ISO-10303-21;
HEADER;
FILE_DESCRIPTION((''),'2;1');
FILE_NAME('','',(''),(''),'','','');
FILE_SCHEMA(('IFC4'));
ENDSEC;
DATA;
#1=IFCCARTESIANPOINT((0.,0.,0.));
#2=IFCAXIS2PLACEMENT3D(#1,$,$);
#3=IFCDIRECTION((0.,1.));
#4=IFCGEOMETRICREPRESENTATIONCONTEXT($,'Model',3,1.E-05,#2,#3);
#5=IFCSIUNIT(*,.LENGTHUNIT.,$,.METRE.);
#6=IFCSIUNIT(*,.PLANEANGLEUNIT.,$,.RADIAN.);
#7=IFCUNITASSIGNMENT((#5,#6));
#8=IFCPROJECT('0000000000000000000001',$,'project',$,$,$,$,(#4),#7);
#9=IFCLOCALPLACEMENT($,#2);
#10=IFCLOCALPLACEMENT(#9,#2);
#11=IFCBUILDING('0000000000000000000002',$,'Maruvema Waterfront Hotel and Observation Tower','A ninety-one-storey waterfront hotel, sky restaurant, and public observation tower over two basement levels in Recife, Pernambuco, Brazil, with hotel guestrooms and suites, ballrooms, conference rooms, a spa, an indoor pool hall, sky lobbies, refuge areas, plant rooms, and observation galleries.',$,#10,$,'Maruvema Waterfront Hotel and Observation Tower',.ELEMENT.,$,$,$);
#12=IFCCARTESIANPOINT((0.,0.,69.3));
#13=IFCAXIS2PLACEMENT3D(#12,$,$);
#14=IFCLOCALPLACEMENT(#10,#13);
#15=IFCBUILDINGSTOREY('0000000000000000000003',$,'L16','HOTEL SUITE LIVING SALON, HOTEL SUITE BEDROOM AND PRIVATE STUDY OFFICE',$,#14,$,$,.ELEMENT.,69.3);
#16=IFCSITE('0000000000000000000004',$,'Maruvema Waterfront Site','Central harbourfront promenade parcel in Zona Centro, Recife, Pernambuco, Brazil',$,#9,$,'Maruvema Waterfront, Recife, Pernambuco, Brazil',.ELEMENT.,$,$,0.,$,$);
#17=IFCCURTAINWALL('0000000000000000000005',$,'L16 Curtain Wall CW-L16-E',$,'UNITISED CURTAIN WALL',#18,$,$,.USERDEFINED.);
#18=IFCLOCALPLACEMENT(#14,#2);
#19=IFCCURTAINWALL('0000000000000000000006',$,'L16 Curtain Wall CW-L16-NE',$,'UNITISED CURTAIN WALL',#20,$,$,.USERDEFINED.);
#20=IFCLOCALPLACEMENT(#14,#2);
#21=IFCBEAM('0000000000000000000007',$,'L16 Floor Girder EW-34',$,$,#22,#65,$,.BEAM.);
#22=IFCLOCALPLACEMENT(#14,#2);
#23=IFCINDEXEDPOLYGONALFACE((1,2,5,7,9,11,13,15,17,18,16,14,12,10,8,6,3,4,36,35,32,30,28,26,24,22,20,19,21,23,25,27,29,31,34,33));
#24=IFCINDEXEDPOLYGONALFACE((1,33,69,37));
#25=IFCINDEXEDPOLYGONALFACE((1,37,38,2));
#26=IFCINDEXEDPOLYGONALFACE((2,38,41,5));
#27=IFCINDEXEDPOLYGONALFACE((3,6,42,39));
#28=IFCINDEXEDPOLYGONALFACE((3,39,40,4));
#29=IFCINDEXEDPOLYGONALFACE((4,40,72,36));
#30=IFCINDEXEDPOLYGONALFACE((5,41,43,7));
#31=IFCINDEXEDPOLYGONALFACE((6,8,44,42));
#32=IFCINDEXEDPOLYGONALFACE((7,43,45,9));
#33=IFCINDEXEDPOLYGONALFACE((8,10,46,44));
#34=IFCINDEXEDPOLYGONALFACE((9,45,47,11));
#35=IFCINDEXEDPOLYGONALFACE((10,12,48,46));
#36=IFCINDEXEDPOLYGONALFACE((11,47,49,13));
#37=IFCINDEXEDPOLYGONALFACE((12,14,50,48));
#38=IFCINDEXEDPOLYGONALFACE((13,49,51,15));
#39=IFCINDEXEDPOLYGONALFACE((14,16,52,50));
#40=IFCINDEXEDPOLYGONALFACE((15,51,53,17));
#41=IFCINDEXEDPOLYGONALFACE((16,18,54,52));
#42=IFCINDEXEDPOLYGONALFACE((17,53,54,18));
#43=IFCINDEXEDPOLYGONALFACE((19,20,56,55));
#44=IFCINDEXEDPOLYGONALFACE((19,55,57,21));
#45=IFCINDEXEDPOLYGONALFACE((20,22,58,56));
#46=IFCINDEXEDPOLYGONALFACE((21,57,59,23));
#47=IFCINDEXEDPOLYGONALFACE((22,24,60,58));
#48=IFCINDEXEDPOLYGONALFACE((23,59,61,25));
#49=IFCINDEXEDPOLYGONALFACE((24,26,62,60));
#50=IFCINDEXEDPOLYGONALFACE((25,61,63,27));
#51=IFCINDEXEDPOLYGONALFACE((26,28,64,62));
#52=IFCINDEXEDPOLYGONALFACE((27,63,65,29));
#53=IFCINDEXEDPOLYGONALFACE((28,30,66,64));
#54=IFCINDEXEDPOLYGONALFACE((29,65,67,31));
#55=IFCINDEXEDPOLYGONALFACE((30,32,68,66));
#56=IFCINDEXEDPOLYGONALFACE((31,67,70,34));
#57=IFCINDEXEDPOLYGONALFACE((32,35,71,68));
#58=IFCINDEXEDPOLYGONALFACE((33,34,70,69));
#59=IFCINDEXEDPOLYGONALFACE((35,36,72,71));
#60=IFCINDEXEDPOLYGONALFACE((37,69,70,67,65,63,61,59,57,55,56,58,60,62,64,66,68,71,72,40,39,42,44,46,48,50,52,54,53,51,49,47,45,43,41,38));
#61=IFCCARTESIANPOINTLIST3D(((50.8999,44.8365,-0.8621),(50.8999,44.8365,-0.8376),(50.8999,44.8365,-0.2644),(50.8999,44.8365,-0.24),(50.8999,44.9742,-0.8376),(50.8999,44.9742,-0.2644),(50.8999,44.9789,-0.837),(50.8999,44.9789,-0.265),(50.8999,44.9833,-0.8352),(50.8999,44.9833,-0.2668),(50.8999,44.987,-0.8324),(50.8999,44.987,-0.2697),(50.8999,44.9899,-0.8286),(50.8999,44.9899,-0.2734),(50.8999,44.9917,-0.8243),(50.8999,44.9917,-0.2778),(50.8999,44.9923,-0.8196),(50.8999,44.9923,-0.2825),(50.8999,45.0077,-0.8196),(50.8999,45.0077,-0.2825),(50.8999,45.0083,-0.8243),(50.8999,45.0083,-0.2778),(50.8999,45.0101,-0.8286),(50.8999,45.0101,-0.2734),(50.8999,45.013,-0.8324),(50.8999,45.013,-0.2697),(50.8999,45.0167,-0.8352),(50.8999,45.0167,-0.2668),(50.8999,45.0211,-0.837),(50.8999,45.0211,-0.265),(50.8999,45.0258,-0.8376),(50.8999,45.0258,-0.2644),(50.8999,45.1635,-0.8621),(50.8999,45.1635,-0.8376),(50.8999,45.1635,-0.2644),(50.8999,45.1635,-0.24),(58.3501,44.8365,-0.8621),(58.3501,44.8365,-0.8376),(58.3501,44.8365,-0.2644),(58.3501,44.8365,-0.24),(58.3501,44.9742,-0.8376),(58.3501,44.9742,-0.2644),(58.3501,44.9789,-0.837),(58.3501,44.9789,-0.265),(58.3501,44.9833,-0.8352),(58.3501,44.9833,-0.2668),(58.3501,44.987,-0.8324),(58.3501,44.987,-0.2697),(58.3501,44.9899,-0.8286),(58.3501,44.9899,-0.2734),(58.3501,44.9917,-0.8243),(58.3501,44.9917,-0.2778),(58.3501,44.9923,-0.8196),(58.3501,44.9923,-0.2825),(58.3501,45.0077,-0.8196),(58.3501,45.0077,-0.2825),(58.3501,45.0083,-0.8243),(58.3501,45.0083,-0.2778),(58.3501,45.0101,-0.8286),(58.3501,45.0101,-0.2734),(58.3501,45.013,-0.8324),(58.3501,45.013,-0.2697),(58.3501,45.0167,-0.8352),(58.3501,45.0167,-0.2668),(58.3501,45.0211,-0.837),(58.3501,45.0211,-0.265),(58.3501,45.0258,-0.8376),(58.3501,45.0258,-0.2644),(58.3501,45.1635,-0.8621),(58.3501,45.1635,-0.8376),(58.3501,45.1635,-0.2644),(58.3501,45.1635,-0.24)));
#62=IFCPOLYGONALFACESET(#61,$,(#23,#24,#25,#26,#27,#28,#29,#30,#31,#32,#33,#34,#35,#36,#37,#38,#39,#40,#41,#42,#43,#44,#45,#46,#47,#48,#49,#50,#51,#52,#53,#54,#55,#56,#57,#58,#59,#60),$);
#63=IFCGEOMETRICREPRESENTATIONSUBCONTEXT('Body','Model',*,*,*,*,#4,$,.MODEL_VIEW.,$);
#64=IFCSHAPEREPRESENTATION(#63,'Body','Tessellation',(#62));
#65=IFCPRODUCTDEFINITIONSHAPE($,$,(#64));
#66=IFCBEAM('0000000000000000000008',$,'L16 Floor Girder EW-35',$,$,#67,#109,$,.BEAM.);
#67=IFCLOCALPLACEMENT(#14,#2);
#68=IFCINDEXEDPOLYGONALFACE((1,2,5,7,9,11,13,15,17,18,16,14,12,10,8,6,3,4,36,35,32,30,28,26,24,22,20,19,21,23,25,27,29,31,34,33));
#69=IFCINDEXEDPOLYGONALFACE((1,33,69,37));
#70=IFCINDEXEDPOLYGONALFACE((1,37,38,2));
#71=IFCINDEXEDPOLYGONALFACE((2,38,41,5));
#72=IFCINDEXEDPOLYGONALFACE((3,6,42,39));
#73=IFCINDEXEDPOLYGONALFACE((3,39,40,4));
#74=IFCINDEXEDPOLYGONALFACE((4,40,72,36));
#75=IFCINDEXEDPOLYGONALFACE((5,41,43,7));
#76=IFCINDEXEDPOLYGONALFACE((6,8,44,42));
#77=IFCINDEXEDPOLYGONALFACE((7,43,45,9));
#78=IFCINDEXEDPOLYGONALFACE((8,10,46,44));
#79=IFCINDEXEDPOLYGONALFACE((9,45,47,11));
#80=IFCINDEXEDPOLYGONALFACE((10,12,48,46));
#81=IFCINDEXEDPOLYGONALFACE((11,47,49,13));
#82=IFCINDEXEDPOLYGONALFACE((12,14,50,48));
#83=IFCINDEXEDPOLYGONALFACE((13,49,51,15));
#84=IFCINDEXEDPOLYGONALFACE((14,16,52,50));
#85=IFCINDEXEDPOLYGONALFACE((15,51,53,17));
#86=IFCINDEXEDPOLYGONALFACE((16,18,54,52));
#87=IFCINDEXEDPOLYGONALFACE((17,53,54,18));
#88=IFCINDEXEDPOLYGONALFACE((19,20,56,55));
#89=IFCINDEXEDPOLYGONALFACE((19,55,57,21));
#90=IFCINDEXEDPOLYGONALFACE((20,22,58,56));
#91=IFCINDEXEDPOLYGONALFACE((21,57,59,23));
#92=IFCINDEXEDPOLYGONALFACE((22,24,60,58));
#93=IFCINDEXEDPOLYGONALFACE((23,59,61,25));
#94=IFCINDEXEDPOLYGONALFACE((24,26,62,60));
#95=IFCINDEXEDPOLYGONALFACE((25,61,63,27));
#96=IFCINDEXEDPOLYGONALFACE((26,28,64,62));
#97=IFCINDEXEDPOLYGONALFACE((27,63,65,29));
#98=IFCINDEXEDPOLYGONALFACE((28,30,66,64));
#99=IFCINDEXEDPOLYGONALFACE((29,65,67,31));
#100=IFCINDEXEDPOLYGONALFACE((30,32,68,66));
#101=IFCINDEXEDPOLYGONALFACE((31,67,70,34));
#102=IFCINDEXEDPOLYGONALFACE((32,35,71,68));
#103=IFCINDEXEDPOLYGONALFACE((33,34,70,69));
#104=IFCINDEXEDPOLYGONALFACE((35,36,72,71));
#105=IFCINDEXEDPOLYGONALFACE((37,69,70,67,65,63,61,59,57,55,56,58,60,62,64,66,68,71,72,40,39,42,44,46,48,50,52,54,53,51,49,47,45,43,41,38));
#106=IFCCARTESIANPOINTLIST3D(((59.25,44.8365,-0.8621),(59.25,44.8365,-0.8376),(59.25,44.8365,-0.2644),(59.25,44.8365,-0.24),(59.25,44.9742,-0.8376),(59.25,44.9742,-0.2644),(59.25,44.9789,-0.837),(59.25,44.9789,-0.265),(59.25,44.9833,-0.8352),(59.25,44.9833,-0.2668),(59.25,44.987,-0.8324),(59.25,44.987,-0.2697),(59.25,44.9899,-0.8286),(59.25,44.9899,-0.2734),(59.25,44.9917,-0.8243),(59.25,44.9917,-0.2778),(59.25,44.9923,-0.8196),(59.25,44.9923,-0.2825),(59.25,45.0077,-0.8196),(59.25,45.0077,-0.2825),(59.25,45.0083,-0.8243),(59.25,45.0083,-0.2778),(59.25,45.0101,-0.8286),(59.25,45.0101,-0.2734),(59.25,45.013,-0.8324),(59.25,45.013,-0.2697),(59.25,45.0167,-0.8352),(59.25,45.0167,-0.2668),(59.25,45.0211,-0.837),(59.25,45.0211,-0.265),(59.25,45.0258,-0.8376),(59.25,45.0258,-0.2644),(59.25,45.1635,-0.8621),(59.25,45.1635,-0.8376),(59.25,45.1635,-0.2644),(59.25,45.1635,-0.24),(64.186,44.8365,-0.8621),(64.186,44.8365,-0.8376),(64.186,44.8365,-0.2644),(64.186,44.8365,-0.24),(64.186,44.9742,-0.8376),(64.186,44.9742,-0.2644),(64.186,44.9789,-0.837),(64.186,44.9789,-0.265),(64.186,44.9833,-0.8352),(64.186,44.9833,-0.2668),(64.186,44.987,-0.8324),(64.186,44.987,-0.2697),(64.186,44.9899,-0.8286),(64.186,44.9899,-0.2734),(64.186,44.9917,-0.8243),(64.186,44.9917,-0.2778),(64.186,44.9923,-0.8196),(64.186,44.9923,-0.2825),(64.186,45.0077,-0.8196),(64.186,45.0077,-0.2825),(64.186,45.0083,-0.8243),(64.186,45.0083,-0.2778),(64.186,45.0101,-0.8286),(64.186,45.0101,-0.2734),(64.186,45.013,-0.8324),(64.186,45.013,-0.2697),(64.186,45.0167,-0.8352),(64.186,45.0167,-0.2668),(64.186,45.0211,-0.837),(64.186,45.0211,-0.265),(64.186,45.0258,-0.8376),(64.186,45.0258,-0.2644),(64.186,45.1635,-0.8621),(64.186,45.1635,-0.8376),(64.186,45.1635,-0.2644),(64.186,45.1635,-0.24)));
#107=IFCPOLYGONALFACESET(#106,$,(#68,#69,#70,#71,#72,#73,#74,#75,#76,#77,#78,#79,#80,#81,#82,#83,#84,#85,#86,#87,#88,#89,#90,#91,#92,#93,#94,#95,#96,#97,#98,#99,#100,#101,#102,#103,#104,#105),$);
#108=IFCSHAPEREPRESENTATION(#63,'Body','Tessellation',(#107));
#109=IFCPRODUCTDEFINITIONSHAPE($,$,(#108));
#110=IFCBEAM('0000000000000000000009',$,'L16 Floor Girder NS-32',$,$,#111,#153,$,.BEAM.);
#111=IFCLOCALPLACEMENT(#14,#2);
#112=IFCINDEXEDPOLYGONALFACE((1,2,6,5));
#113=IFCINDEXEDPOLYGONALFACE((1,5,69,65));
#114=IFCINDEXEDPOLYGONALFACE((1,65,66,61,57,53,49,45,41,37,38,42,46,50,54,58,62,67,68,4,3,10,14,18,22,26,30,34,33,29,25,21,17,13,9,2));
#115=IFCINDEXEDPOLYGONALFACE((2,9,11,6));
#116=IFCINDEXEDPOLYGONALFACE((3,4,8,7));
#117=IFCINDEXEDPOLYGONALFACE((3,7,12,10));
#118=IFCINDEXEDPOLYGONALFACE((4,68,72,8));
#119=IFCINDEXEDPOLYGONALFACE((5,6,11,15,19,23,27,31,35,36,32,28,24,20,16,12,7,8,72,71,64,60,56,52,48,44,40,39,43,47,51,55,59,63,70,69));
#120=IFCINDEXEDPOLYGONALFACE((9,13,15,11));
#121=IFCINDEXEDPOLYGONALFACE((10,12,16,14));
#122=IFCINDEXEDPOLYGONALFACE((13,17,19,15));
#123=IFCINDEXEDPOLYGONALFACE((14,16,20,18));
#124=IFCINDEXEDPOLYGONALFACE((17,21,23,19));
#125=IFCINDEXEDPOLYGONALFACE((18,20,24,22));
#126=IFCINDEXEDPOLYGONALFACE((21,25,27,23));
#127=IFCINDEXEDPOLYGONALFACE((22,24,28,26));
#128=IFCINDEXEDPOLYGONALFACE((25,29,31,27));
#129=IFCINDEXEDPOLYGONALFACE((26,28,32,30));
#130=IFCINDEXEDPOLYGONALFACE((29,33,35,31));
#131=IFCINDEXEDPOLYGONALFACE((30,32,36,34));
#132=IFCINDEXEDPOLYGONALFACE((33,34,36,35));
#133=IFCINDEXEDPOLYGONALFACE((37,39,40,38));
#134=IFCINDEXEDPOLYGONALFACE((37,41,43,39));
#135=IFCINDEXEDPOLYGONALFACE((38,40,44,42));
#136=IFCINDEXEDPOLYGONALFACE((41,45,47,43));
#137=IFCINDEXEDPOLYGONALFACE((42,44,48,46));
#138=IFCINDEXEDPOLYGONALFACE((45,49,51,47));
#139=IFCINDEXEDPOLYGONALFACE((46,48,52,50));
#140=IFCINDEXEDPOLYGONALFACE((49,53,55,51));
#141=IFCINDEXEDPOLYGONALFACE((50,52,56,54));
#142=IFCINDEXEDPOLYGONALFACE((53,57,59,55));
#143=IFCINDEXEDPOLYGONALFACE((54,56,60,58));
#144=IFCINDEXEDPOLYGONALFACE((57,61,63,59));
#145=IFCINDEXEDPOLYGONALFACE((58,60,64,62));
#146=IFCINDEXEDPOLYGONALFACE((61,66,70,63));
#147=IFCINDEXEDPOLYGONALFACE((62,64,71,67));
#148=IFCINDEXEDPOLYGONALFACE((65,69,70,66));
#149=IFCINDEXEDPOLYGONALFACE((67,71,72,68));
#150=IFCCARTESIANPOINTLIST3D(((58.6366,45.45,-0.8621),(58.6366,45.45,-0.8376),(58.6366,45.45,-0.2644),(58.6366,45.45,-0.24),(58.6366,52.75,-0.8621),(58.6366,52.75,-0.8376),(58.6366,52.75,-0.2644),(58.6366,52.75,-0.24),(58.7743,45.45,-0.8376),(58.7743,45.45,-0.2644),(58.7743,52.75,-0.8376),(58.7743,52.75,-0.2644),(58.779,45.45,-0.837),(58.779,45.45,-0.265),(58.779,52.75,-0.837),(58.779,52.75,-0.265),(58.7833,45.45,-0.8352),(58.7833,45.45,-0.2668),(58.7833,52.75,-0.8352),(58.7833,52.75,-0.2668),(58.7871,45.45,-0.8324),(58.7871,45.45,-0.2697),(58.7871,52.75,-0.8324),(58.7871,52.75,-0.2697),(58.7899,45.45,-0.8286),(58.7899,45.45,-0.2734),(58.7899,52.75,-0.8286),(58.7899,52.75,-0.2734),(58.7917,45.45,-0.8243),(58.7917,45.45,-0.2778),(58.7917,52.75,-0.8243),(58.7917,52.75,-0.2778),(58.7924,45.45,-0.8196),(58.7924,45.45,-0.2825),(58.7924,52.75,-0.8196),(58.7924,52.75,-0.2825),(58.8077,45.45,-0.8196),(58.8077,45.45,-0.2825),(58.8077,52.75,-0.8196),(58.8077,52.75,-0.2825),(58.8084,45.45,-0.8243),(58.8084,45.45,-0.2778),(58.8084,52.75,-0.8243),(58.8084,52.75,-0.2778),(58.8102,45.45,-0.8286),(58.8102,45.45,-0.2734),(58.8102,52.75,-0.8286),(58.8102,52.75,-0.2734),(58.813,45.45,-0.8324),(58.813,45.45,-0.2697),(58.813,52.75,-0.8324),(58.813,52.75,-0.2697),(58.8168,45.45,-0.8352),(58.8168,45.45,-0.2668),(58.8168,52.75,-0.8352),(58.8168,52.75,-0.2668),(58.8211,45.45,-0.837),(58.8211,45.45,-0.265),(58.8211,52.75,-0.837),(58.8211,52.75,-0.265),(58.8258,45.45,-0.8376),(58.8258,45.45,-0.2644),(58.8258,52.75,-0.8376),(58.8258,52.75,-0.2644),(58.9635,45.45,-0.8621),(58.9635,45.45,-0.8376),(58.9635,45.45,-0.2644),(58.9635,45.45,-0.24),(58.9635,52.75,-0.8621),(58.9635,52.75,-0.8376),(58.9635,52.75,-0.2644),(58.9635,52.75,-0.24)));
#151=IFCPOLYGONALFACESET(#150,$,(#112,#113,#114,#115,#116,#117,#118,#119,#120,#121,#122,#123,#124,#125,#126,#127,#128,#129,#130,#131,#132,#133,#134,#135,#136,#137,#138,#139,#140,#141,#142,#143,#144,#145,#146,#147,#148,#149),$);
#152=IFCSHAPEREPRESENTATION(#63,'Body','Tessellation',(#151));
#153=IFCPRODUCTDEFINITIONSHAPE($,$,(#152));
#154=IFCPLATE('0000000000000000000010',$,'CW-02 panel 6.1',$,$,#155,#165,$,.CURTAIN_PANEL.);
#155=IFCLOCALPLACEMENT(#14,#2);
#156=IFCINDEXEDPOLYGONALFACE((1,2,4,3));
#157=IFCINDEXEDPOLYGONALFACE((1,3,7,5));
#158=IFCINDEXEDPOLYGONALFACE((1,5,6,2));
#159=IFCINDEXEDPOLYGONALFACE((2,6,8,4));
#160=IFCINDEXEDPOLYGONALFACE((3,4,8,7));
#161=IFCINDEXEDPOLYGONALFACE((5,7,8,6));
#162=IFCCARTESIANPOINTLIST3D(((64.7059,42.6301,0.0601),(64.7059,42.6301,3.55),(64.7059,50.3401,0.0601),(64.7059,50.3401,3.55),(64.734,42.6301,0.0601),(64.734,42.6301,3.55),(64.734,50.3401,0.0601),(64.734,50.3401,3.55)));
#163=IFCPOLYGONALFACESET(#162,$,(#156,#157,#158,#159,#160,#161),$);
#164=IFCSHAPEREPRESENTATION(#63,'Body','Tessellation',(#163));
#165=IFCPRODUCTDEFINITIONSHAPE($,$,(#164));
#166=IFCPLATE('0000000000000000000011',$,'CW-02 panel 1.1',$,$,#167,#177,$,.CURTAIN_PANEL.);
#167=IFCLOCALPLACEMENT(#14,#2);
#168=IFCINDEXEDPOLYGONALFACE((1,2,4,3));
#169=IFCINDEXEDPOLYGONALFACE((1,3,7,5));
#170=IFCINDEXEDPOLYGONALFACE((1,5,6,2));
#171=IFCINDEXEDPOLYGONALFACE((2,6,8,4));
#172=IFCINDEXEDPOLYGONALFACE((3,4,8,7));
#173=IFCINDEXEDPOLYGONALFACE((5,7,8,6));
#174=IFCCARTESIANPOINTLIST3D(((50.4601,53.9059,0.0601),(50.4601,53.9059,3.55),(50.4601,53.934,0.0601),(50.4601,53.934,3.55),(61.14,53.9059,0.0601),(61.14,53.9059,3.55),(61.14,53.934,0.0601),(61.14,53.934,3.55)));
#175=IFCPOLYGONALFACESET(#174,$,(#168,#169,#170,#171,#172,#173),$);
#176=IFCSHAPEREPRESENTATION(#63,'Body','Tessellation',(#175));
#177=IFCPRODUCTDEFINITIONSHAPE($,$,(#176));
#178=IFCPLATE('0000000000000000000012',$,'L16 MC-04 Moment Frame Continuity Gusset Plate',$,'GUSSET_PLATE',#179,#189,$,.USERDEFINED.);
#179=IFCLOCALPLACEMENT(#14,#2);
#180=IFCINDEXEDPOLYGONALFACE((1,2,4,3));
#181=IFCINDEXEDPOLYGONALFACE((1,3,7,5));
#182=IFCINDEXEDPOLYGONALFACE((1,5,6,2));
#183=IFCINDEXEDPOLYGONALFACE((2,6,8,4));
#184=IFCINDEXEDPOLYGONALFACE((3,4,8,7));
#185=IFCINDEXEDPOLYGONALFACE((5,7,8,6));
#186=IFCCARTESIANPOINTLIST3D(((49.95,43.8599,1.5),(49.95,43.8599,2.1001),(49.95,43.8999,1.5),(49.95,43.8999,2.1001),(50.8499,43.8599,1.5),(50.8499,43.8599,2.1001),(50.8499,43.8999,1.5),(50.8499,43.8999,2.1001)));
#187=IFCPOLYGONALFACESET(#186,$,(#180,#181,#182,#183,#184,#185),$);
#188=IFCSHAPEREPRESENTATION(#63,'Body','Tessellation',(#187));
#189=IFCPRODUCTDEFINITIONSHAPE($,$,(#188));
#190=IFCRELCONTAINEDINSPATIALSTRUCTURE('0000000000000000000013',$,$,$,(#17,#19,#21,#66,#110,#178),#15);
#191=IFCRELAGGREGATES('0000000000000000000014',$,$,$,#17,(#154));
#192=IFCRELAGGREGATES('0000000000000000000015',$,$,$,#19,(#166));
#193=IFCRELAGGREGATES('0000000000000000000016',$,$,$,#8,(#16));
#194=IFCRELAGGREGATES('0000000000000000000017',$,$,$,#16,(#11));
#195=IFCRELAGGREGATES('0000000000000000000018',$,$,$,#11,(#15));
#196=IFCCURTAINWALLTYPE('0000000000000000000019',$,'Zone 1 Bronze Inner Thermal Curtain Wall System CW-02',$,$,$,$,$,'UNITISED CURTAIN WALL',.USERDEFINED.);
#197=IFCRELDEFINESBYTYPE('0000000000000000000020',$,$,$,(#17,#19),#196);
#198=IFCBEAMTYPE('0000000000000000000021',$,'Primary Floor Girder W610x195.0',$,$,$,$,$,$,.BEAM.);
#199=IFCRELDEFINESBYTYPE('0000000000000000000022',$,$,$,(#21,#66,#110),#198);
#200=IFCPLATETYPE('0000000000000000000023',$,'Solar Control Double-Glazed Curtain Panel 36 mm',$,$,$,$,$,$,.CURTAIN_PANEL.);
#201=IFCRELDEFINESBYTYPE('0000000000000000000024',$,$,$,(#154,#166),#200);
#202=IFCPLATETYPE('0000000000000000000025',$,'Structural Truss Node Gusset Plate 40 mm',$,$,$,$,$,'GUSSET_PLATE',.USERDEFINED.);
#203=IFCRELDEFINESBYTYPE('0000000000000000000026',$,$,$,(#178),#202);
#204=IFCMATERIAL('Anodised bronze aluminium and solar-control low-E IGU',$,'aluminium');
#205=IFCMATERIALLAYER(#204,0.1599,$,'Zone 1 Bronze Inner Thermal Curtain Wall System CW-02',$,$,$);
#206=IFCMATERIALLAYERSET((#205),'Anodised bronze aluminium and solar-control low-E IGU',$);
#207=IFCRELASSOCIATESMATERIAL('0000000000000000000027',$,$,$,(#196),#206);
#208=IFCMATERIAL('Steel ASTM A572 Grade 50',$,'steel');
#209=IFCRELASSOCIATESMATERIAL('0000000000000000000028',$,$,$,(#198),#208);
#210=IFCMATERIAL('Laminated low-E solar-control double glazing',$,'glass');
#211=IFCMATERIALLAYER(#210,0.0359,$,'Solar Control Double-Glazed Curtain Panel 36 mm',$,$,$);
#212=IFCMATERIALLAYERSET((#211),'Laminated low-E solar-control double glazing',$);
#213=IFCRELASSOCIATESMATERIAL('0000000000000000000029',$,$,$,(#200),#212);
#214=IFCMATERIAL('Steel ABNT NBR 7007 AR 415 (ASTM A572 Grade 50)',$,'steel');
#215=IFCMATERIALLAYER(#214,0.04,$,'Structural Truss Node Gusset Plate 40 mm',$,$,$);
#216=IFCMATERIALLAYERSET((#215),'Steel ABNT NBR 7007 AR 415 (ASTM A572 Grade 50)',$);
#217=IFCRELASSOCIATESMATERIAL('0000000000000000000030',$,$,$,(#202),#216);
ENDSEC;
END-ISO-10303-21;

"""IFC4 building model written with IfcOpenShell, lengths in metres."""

from ifc_helpers import new_model, si_unit, direction, frame, origin, origin_2d, place, context, subcontext, project, spatial, rectangle, i_section, extrude, material, layer, layer_set, material_profile, profile_set, type_object, element, aggregate, save


model = new_model("IFC4")

# Units and contexts
model_context = context("Model", 3, precision=1e-05, world=origin(), true_north=direction((0.0, 1.0)))
body_context = subcontext(model_context, "Body", "Model", "MODEL_VIEW")
ifc_project = project(units=[si_unit("LENGTHUNIT", "METRE"), si_unit("PLANEANGLEUNIT", "RADIAN")], contexts=[model_context])

# Site, building, storey
site_placement = place(None, origin())
site = spatial("IfcSite", under=ifc_project, at=site_placement, Name="Maruvema Waterfront Site", Description="Central harbourfront promenade parcel in Zona Centro, Recife, Pernambuco, Brazil", LongName="Maruvema Waterfront, Recife, Pernambuco, Brazil", CompositionType="ELEMENT", RefElevation=0.0)
building_placement = place(site_placement, origin())
building = spatial("IfcBuilding", under=site, at=building_placement, Name="Maruvema Waterfront Hotel and Observation Tower", Description="A ninety-one-storey waterfront hotel, sky restaurant, and public observation tower over two basement levels in Recife, Pernambuco, Brazil, with hotel guestrooms and suites, ballrooms, conference rooms, a spa, an indoor pool hall, sky lobbies, refuge areas, plant rooms, and observation galleries.", LongName="Maruvema Waterfront Hotel and Observation Tower", CompositionType="ELEMENT")
storey_placement = place(building_placement, frame((0.0, 0.0, 69.3)))
storey = spatial("IfcBuildingStorey", under=building, at=storey_placement, Name="L16", Description="HOTEL SUITE LIVING SALON, HOTEL SUITE BEDROOM AND PRIVATE STUDY OFFICE", CompositionType="ELEMENT", Elevation=69.3)

# Curtain walls
ifc_material_1 = material(Name="Anodised bronze aluminium and solar-control low-E IGU", Category="aluminium")
ifc_layer_1 = layer(ifc_material_1, 0.1599, Name="Zone 1 Bronze Inner Thermal Curtain Wall System CW-02")
ifc_layer_set_1 = layer_set([ifc_layer_1], Name="Anodised bronze aluminium and solar-control low-E IGU")
curtain_wall_type = type_object("IfcCurtainWallType", Name="Zone 1 Bronze Inner Thermal Curtain Wall System CW-02", ElementType="UNITISED CURTAIN WALL", PredefinedType="USERDEFINED", material=ifc_layer_set_1)
curtain_wall_1_placement = place(storey_placement, origin())
curtain_wall_1 = element("IfcCurtainWall", 1, at=curtain_wall_1_placement, inside=storey, type_object=curtain_wall_type, Name="L16 Curtain Wall CW-L16-E", ObjectType="UNITISED CURTAIN WALL", PredefinedType="USERDEFINED")
curtain_wall_2_placement = place(storey_placement, origin())
curtain_wall_2 = element("IfcCurtainWall", 2, at=curtain_wall_2_placement, inside=storey, type_object=curtain_wall_type, Name="L16 Curtain Wall CW-L16-NE", ObjectType="UNITISED CURTAIN WALL", PredefinedType="USERDEFINED")

# Beams
ifc_material_2 = material(Name="Steel ASTM A572 Grade 50", Category="steel")
ifc_material_profile_1 = material_profile(ifc_material_2, i_section(OverallWidth=0.3269, OverallDepth=0.6221, WebThickness=0.0154, FlangeThickness=0.0244, FilletRadius=0.0181, at=origin_2d()), Name="W610x195.0")
ifc_profile_set_1 = profile_set([ifc_material_profile_1], Name="Steel ASTM A572 Grade 50")
beam_type = type_object("IfcBeamType", Name="Primary Floor Girder W610x195.0", PredefinedType="BEAM", material=ifc_profile_set_1)
beam_1_placement = place(storey_placement, frame((50.8999, 45.0, -0.551), z_axis=(1.0, 0.0, 0.0), x_axis=(0.0, 1.0, 0.0)))
element("IfcBeam", 3, at=beam_1_placement, inside=storey, type_object=beam_type, Name="L16 Floor Girder EW-34", PredefinedType="BEAM", context=body_context, shape_type="SweptSolid", body=[
    extrude(i_section(OverallWidth=0.3269, OverallDepth=0.6221, WebThickness=0.0154, FlangeThickness=0.0244, FilletRadius=0.0181, at=origin_2d()), origin(), (0.0, 0.0, 1.0), 7.4502),
])
beam_2_placement = place(storey_placement, frame((59.25, 45.0, -0.551), z_axis=(1.0, 0.0, 0.0), x_axis=(0.0, 1.0, 0.0)))
element("IfcBeam", 4, at=beam_2_placement, inside=storey, type_object=beam_type, Name="L16 Floor Girder EW-35", PredefinedType="BEAM", context=body_context, shape_type="SweptSolid", body=[
    extrude(i_section(OverallWidth=0.3269, OverallDepth=0.6221, WebThickness=0.0154, FlangeThickness=0.0244, FilletRadius=0.0181, at=origin_2d()), origin(), (0.0, 0.0, 1.0), 4.936),
])
beam_3_placement = place(storey_placement, frame((58.8, 45.45, -0.551), z_axis=(0.0, 1.0, 0.0), x_axis=(-1.0, 0.0, 0.0)))
element("IfcBeam", 5, at=beam_3_placement, inside=storey, type_object=beam_type, Name="L16 Floor Girder NS-32", PredefinedType="BEAM", context=body_context, shape_type="SweptSolid", body=[
    extrude(i_section(OverallWidth=0.3269, OverallDepth=0.6221, WebThickness=0.0154, FlangeThickness=0.0244, FilletRadius=0.0181, at=origin_2d()), origin(), (0.0, 0.0, 1.0), 7.3),
])

# Plates
ifc_material_3 = material(Name="Laminated low-E solar-control double glazing", Category="glass")
ifc_layer_2 = layer(ifc_material_3, 0.0359, Name="Solar Control Double-Glazed Curtain Panel 36 mm")
ifc_layer_set_2 = layer_set([ifc_layer_2], Name="Laminated low-E solar-control double glazing")
plate_type_1 = type_object("IfcPlateType", Name="Solar Control Double-Glazed Curtain Panel 36 mm", PredefinedType="CURTAIN_PANEL", material=ifc_layer_set_2)
plate_1_placement = place(storey_placement, frame((64.72, 46.4851, 0.0601), z_axis=(0.0, 0.0, 1.0), x_axis=(0.0, 1.0, 0.0)))
plate_1 = element("IfcPlate", 6, at=plate_1_placement, type_object=plate_type_1, Name="CW-02 panel 6.1", PredefinedType="CURTAIN_PANEL", context=body_context, shape_type="SweptSolid", body=[
    extrude(rectangle(XDim=7.71, YDim=0.0281, at=origin_2d()), origin(), (0.0, 0.0, 1.0), 3.49),
])
aggregate(curtain_wall_1, [plate_1])
plate_2_placement = place(storey_placement, frame((55.8, 53.9199, 0.0601), z_axis=(0.0, 0.0, 1.0), x_axis=(-1.0, 0.0, 0.0)))
plate_2 = element("IfcPlate", 7, at=plate_2_placement, type_object=plate_type_1, Name="CW-02 panel 1.1", PredefinedType="CURTAIN_PANEL", context=body_context, shape_type="SweptSolid", body=[
    extrude(rectangle(XDim=10.6799, YDim=0.0281, at=origin_2d()), origin(), (0.0, 0.0, 1.0), 3.49),
])
aggregate(curtain_wall_2, [plate_2])
ifc_material_4 = material(Name="Steel ABNT NBR 7007 AR 415 (ASTM A572 Grade 50)", Category="steel")
ifc_layer_3 = layer(ifc_material_4, 0.04, Name="Structural Truss Node Gusset Plate 40 mm")
ifc_layer_set_3 = layer_set([ifc_layer_3], Name="Steel ABNT NBR 7007 AR 415 (ASTM A572 Grade 50)")
plate_type_2 = type_object("IfcPlateType", Name="Structural Truss Node Gusset Plate 40 mm", ElementType="GUSSET_PLATE", PredefinedType="USERDEFINED", material=ifc_layer_set_3)
plate_3_placement = place(storey_placement, frame((50.3999, 43.8799, 1.5), z_axis=(0.0, 0.0, 1.0), x_axis=(1.0, 0.0, 0.0)))
element("IfcPlate", 8, at=plate_3_placement, inside=storey, type_object=plate_type_2, Name="L16 MC-04 Moment Frame Continuity Gusset Plate", ObjectType="GUSSET_PLATE", PredefinedType="USERDEFINED", context=body_context, shape_type="SweptSolid", body=[
    extrude(rectangle(XDim=0.8999, YDim=0.04, at=origin_2d()), origin(), (0.0, 0.0, 1.0), 0.6001),
])

save(model, "model.ifc")
